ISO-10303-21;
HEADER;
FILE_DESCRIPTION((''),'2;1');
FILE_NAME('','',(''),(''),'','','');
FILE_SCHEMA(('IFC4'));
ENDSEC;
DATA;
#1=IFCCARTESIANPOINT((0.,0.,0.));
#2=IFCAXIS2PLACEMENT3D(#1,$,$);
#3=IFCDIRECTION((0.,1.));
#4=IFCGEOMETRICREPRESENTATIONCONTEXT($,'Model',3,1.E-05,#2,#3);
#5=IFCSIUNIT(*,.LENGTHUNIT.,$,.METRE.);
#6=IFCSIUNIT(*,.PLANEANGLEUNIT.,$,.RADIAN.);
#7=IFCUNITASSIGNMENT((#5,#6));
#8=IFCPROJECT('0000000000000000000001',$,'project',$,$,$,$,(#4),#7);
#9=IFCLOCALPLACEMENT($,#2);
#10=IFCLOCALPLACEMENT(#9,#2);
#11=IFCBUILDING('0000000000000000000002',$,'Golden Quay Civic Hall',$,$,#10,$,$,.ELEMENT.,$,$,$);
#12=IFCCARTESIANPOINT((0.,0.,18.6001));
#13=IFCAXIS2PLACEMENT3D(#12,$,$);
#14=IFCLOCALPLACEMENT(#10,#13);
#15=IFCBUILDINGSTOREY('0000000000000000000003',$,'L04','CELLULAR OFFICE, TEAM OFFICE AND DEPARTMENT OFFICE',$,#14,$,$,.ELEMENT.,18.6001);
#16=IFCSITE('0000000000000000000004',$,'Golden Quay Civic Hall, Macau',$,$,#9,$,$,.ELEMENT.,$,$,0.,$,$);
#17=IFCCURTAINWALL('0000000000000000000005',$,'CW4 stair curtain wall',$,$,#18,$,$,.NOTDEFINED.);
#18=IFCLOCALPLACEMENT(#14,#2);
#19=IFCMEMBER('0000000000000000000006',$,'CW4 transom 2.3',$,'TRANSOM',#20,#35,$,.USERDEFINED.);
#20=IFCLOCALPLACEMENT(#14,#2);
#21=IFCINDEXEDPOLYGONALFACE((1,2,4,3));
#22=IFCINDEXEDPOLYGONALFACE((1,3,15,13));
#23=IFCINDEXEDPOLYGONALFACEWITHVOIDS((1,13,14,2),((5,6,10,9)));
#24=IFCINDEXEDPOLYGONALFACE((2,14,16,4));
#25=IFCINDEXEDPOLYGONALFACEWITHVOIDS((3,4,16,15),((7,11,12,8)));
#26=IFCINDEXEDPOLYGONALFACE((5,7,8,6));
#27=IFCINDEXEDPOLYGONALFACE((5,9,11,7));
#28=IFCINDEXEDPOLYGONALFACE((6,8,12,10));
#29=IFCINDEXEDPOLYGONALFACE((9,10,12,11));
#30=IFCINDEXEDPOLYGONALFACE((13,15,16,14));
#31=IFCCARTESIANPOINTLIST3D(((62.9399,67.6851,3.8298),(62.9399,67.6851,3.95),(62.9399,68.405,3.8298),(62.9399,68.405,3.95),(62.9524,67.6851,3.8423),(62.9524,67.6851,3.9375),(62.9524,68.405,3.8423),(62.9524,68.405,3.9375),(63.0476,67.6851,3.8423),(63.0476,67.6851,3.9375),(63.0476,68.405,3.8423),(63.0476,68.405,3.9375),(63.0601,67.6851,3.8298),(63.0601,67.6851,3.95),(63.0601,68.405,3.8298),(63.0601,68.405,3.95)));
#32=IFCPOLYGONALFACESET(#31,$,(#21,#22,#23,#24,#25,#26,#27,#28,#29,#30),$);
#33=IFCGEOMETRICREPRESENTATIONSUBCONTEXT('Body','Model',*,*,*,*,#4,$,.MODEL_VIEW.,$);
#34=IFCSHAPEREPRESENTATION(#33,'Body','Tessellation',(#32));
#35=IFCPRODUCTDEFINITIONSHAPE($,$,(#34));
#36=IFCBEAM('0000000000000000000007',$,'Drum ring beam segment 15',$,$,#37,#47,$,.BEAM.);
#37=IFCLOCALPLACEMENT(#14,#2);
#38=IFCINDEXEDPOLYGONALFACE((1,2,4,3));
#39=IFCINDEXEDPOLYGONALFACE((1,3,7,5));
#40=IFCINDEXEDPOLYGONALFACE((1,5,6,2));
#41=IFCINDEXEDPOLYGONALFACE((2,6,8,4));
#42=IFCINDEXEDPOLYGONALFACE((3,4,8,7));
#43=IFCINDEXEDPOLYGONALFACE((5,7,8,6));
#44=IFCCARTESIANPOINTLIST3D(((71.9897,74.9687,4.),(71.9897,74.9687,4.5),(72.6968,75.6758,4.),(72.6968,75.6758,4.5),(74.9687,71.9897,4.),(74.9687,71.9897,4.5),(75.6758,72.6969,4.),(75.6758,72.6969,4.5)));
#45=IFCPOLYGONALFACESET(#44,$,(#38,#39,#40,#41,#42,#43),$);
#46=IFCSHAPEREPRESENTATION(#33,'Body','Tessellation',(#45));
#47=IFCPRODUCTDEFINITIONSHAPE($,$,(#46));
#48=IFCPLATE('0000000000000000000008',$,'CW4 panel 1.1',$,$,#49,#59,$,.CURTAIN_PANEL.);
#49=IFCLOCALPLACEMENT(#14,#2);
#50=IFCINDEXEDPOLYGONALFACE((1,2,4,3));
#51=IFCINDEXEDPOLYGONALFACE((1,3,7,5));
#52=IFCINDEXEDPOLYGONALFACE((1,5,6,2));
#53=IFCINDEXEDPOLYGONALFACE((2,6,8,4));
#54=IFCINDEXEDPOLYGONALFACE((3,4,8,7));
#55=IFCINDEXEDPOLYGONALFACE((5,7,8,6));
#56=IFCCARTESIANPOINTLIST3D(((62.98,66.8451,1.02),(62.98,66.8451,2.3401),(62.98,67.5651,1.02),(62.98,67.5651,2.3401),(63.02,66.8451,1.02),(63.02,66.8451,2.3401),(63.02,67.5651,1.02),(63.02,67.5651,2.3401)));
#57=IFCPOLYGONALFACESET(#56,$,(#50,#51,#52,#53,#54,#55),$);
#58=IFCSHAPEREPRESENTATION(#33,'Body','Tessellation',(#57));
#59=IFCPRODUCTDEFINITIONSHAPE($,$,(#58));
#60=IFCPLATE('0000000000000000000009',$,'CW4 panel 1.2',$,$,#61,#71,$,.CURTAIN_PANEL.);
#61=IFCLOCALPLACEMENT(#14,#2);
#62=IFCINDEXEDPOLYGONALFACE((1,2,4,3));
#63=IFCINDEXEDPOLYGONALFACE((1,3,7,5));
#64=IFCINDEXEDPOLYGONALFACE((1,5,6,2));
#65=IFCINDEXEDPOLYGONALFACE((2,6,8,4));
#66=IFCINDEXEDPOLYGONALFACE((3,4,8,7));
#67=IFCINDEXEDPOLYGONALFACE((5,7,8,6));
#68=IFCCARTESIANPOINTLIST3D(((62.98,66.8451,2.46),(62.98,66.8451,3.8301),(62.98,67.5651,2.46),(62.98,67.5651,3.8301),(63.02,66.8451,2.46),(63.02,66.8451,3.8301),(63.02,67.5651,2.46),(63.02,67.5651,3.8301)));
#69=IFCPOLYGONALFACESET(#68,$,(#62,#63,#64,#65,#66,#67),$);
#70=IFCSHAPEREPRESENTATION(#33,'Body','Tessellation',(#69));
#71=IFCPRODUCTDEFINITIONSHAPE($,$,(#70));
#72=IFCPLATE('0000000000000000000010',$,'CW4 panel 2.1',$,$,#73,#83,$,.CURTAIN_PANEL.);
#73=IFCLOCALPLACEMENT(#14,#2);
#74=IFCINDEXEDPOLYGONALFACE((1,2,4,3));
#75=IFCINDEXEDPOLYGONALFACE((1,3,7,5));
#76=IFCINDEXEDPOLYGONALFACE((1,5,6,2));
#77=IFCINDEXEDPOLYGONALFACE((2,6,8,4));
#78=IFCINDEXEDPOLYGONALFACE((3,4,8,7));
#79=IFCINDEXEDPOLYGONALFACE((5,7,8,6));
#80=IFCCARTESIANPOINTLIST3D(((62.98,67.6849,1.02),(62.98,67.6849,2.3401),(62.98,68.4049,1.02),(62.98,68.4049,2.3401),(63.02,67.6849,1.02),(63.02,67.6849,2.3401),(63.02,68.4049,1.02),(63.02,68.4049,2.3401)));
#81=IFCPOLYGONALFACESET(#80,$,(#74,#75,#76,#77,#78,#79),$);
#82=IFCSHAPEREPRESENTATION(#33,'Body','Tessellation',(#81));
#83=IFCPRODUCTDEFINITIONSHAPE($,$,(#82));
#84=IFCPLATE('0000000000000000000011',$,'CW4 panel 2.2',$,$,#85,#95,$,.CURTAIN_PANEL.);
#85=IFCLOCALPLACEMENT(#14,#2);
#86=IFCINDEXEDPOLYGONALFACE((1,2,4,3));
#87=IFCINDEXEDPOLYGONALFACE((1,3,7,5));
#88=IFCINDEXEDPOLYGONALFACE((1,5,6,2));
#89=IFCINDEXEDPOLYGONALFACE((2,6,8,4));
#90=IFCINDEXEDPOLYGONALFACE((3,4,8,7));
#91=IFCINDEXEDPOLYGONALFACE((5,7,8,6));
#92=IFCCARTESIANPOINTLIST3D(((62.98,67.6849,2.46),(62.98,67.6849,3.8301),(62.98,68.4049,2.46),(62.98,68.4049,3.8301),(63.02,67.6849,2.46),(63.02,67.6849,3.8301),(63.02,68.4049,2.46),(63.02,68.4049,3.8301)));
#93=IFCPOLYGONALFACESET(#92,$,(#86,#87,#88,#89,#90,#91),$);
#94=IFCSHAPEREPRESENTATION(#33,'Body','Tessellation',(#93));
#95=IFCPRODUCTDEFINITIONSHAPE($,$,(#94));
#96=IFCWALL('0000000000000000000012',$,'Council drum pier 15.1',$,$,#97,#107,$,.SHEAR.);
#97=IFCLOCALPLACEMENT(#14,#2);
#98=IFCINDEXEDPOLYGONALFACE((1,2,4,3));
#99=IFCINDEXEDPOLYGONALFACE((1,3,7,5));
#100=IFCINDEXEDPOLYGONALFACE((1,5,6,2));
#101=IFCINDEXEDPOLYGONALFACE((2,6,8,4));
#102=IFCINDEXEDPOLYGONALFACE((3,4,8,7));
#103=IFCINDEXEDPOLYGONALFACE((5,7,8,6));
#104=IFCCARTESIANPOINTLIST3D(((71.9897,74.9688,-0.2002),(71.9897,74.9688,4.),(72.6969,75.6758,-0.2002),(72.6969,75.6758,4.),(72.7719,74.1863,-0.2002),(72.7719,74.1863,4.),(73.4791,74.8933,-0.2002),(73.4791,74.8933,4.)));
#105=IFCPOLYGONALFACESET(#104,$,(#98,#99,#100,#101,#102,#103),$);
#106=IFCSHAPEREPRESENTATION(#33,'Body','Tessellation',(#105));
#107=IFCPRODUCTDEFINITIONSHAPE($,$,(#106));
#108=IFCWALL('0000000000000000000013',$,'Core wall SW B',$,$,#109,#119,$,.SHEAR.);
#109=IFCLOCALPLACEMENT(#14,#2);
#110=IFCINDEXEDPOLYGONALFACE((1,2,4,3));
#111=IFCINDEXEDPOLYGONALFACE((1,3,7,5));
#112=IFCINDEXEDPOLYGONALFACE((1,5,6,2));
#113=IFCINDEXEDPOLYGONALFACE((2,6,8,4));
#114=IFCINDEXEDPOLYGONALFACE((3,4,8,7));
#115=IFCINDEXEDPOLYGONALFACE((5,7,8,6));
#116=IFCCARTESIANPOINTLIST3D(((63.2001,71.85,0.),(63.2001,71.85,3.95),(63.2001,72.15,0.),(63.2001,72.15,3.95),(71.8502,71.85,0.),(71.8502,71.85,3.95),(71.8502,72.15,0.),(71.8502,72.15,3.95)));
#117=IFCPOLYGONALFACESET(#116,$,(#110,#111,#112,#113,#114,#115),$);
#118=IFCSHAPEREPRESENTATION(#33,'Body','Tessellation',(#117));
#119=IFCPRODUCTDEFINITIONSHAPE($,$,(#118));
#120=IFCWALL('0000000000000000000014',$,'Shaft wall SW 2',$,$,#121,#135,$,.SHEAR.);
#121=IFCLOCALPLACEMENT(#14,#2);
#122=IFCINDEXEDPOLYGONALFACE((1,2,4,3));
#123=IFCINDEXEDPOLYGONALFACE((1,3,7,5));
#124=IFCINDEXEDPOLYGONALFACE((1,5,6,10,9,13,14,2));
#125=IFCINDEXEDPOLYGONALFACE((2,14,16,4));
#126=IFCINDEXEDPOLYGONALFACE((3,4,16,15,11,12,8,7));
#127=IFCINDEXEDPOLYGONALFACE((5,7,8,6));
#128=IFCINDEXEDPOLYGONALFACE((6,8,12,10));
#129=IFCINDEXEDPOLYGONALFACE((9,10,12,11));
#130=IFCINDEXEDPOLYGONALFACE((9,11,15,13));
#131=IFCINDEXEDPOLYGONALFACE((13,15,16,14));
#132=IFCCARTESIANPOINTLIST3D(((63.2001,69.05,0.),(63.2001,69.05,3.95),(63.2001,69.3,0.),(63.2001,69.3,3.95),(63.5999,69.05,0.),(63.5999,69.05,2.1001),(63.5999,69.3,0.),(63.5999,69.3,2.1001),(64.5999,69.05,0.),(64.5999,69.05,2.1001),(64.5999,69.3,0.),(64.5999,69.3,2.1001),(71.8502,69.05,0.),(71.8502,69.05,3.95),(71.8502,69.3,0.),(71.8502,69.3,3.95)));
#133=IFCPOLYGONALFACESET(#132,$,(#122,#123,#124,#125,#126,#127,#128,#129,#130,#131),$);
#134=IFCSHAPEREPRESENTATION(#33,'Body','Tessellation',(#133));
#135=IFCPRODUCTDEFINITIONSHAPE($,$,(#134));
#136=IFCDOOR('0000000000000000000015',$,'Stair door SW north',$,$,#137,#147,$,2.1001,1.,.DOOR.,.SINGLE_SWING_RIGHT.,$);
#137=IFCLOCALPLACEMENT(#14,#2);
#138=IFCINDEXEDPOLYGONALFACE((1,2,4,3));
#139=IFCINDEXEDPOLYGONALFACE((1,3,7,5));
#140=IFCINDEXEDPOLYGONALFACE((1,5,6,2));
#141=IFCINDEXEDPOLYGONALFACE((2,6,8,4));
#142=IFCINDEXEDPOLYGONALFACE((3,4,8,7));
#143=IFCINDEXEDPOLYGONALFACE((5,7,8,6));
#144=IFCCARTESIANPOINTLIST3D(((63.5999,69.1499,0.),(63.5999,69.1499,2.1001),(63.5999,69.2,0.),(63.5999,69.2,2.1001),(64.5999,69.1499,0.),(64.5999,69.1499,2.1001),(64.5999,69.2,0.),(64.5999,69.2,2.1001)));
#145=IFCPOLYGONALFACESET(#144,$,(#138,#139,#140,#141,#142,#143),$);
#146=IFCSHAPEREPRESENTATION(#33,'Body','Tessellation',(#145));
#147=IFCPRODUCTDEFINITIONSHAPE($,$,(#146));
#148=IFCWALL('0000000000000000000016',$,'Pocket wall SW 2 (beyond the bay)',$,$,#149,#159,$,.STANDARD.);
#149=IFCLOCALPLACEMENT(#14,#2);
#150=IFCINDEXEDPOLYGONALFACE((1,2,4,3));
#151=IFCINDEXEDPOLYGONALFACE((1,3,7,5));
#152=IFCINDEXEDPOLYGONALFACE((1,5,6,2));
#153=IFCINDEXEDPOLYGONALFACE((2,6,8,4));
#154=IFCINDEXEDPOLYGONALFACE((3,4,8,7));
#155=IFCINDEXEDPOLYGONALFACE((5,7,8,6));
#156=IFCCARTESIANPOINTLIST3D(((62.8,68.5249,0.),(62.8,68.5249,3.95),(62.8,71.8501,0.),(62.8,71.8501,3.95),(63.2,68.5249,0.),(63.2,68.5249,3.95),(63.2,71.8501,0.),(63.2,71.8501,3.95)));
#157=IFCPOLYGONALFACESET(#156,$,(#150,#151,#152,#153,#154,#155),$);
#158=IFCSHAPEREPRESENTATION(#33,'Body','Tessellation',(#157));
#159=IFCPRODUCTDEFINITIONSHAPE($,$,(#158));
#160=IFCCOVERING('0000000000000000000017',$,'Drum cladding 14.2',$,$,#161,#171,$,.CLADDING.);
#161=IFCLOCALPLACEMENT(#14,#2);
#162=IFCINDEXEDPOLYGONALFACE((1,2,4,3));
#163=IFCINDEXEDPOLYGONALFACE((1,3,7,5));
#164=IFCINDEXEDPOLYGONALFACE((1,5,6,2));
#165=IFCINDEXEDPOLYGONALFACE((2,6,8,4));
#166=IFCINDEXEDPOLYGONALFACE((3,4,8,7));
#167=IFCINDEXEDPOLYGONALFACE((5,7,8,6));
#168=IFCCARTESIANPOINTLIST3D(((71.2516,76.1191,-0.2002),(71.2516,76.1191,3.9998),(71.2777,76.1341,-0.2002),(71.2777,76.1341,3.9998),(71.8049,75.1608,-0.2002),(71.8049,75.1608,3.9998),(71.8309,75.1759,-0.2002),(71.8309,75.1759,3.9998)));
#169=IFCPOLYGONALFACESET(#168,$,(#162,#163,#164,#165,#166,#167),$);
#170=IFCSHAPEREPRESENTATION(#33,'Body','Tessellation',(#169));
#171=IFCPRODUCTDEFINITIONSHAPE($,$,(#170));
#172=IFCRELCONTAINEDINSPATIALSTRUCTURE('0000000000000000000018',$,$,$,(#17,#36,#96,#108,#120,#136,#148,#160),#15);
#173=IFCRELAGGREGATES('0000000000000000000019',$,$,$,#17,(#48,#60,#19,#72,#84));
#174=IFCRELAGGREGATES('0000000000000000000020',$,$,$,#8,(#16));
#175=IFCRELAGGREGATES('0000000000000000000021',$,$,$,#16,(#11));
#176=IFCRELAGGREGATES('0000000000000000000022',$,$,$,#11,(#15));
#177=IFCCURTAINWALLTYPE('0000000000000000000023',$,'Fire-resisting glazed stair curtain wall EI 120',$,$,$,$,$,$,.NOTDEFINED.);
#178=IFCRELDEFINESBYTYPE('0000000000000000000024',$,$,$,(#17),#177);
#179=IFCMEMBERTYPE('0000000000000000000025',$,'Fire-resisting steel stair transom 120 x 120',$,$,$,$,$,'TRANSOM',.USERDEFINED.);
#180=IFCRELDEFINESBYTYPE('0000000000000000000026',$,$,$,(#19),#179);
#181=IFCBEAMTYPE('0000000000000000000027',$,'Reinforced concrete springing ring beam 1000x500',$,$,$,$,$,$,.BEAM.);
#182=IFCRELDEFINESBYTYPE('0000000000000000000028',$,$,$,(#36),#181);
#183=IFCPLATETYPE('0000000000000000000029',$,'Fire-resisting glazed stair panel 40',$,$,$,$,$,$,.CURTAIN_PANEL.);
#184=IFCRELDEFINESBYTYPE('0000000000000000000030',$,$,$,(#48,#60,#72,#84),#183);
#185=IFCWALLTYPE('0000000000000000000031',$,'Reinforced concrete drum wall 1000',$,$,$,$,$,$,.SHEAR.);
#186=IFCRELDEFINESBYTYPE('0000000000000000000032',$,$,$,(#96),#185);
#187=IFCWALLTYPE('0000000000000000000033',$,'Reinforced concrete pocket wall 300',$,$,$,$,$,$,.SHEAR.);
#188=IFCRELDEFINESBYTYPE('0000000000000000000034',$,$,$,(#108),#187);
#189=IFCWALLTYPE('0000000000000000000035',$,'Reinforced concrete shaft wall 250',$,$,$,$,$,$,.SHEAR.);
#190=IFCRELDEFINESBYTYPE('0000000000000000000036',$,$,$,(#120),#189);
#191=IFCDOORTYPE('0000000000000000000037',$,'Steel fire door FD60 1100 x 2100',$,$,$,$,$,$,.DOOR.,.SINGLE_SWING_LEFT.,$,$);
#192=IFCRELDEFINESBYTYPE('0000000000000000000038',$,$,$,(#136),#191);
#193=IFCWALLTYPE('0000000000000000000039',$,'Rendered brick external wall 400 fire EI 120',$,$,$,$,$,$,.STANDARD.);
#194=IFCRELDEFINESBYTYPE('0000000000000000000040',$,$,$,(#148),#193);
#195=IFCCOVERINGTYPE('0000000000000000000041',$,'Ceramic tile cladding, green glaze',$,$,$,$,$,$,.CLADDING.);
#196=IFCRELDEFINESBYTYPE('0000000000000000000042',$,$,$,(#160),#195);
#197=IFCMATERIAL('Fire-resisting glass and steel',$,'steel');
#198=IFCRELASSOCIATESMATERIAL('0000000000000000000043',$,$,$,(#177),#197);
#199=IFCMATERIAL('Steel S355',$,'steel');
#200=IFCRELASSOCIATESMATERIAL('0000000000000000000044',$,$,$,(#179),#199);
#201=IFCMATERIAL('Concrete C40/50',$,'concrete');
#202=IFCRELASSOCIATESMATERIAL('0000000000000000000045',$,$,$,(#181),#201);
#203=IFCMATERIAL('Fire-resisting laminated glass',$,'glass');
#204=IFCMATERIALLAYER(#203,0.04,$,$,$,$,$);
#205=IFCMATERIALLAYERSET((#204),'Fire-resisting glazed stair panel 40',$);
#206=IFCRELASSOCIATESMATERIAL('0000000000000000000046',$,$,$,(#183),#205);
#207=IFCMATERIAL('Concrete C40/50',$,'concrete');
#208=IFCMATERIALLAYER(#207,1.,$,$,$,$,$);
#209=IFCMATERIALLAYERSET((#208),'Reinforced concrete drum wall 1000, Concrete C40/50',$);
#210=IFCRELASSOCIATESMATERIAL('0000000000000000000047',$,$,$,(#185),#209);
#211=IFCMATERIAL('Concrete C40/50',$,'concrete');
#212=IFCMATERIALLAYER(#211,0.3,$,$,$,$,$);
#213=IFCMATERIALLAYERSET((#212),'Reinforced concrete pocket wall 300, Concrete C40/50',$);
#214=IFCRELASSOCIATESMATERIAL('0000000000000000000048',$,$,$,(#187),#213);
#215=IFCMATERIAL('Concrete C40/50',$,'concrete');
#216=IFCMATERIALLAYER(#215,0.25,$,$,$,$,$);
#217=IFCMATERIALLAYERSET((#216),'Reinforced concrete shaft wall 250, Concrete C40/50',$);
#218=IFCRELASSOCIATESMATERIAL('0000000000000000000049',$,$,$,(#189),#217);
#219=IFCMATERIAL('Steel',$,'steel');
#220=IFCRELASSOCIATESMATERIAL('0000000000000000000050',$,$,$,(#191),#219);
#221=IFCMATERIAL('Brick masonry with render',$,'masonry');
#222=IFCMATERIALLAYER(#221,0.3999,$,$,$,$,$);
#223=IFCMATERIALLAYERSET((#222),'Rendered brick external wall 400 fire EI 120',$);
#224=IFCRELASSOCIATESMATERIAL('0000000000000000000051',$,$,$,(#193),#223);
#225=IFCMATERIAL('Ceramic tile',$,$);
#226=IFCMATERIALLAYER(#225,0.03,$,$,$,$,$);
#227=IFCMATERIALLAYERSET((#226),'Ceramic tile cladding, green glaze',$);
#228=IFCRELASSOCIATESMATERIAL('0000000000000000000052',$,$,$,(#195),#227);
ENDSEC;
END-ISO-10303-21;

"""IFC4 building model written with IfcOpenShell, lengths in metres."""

from ifc_helpers import new_model, si_unit, direction, frame, frame_2d, origin, origin_2d, place, context, subcontext, project, spatial, rectangle, hollow_rectangle, extrude, material, layer, layer_set, material_profile, profile_set, type_object, element, fill, aggregate, save


model = new_model("IFC4")

# Units and contexts
model_context = context("Model", 3, precision=1e-05, world=origin(), true_north=direction((0.0, 1.0)))
body_context = subcontext(model_context, "Body", "Model", "MODEL_VIEW")
ifc_project = project(units=[si_unit("LENGTHUNIT", "METRE"), si_unit("PLANEANGLEUNIT", "RADIAN")], contexts=[model_context])

# Site, building, storey
site_placement = place(None, origin())
site = spatial("IfcSite", under=ifc_project, at=site_placement, Name="Golden Quay Civic Hall, Macau", CompositionType="ELEMENT", RefElevation=0.0)
building_placement = place(site_placement, origin())
building = spatial("IfcBuilding", under=site, at=building_placement, Name="Golden Quay Civic Hall", CompositionType="ELEMENT")
storey_placement = place(building_placement, frame((0.0, 0.0, 18.6001)))
storey = spatial("IfcBuildingStorey", under=building, at=storey_placement, Name="L04", Description="CELLULAR OFFICE, TEAM OFFICE AND DEPARTMENT OFFICE", CompositionType="ELEMENT", Elevation=18.6001)

# Curtain wall, member
ifc_material_1 = material(Name="Fire-resisting glass and steel", Category="steel")
curtain_wall_type_1 = type_object("IfcCurtainWallType", Name="Fire-resisting glazed stair curtain wall EI 120", PredefinedType="NOTDEFINED", material=ifc_material_1)
curtain_wall_1_placement = place(storey_placement, origin())
curtain_wall_1 = element("IfcCurtainWall", 1, at=curtain_wall_1_placement, inside=storey, type_object=curtain_wall_type_1, Name="CW4 stair curtain wall", PredefinedType="NOTDEFINED")
ifc_material_2 = material(Name="Steel S355", Category="steel")
ifc_material_profile_1 = material_profile(ifc_material_2, hollow_rectangle(XDim=0.1201, YDim=0.1201, WallThickness=0.0125, at=origin_2d()), Name="SHS 120x120x12.5")
ifc_profile_set_1 = profile_set([ifc_material_profile_1], Name="Steel S355")
member_type_1 = type_object("IfcMemberType", Name="Fire-resisting steel stair transom 120 x 120", ElementType="TRANSOM", PredefinedType="USERDEFINED", material=ifc_profile_set_1)
member_1_placement = place(storey_placement, frame((63.0, 67.6851, 3.8899), z_axis=(0.0, 1.0, 0.0), x_axis=(-1.0, 0.0, 0.0)))
member_1 = element("IfcMember", 2, at=member_1_placement, type_object=member_type_1, Name="CW4 transom 2.3", ObjectType="TRANSOM", PredefinedType="USERDEFINED", context=body_context, shape_type="SweptSolid", body=[
    extrude(hollow_rectangle(XDim=0.1201, YDim=0.1201, WallThickness=0.0125, at=origin_2d()), origin(), (0.0, 0.0, 1.0), 0.72),
])

# Beam
ifc_material_3 = material(Name="Concrete C40/50", Category="concrete")
ifc_material_profile_2 = material_profile(ifc_material_3, rectangle(XDim=1.0, YDim=0.5, at=origin_2d()), Name="RC 1000x500")
ifc_profile_set_2 = profile_set([ifc_material_profile_2], Name="Concrete C40/50")
beam_type = type_object("IfcBeamType", Name="Reinforced concrete springing ring beam 1000x500", PredefinedType="BEAM", material=ifc_profile_set_2)
beam_placement = place(storey_placement, frame((72.3433, 75.3223, 4.25), z_axis=(0.707107, -0.707107, 0.0), x_axis=(0.707107, 0.707107, 0.0)))
element("IfcBeam", 3, at=beam_placement, inside=storey, type_object=beam_type, Name="Drum ring beam segment 15", PredefinedType="BEAM", context=body_context, shape_type="SweptSolid", body=[
    extrude(rectangle(XDim=1.0, YDim=0.5, at=origin_2d()), origin(), (0.0, 0.0, 1.0), 4.2129),
])

# Plates
ifc_material_4 = material(Name="Fire-resisting laminated glass", Category="glass")
ifc_layer_1 = layer(ifc_material_4, 0.04)
ifc_layer_set_1 = layer_set([ifc_layer_1], Name="Fire-resisting glazed stair panel 40")
plate_type = type_object("IfcPlateType", Name="Fire-resisting glazed stair panel 40", PredefinedType="CURTAIN_PANEL", material=ifc_layer_set_1)
plate_1_placement = place(storey_placement, frame((63.0, 67.2051, 1.02), z_axis=(0.0, 0.0, 1.0), x_axis=(0.0, 1.0, 0.0)))
plate_1 = element("IfcPlate", 4, at=plate_1_placement, type_object=plate_type, Name="CW4 panel 1.1", PredefinedType="CURTAIN_PANEL", context=body_context, shape_type="SweptSolid", body=[
    extrude(rectangle(XDim=0.72, YDim=0.04, at=origin_2d()), origin(), (0.0, 0.0, 1.0), 1.3201),
])
plate_2_placement = place(storey_placement, frame((63.0, 67.2051, 2.46), z_axis=(0.0, 0.0, 1.0), x_axis=(0.0, 1.0, 0.0)))
plate_2 = element("IfcPlate", 5, at=plate_2_placement, type_object=plate_type, Name="CW4 panel 1.2", PredefinedType="CURTAIN_PANEL", context=body_context, shape_type="SweptSolid", body=[
    extrude(rectangle(XDim=0.72, YDim=0.04, at=origin_2d()), origin(), (0.0, 0.0, 1.0), 1.3701),
])
plate_3_placement = place(storey_placement, frame((63.0, 68.0449, 1.02), z_axis=(0.0, 0.0, 1.0), x_axis=(0.0, 1.0, 0.0)))
plate_3 = element("IfcPlate", 6, at=plate_3_placement, type_object=plate_type, Name="CW4 panel 2.1", PredefinedType="CURTAIN_PANEL", context=body_context, shape_type="SweptSolid", body=[
    extrude(rectangle(XDim=0.72, YDim=0.04, at=origin_2d()), origin(), (0.0, 0.0, 1.0), 1.3201),
])
plate_4_placement = place(storey_placement, frame((63.0, 68.0449, 2.46), z_axis=(0.0, 0.0, 1.0), x_axis=(0.0, 1.0, 0.0)))
plate_4 = element("IfcPlate", 7, at=plate_4_placement, type_object=plate_type, Name="CW4 panel 2.2", PredefinedType="CURTAIN_PANEL", context=body_context, shape_type="SweptSolid", body=[
    extrude(rectangle(XDim=0.72, YDim=0.04, at=origin_2d()), origin(), (0.0, 0.0, 1.0), 1.3701),
])
aggregate(curtain_wall_1, [plate_1, plate_2, member_1, plate_3, plate_4])

# Walls
ifc_material_5 = material(Name="Concrete C40/50", Category="concrete")
ifc_layer_2 = layer(ifc_material_5, 1.0)
ifc_layer_set_2 = layer_set([ifc_layer_2], Name="Reinforced concrete drum wall 1000, Concrete C40/50")
wall_type_1 = type_object("IfcWallType", Name="Reinforced concrete drum wall 1000", PredefinedType="SHEAR", material=ifc_layer_set_2)
wall_1_placement = place(storey_placement, frame((72.3433, 75.3223, -0.2002), z_axis=(0.0, 0.0, 1.0), x_axis=(0.706996, -0.707217, 0.0)))
element("IfcWall", 8, at=wall_1_placement, inside=storey, type_object=wall_type_1, Name="Council drum pier 15.1", PredefinedType="SHEAR", context=body_context, shape_type="SweptSolid", body=[
    extrude(rectangle(XDim=1.1064, YDim=1.0, at=frame_2d((0.5532, 0.0))), origin(), (0.0, 0.0, 1.0), 4.2002),
])
ifc_material_6 = material(Name="Concrete C40/50", Category="concrete")
ifc_layer_3 = layer(ifc_material_6, 0.3)
ifc_layer_set_3 = layer_set([ifc_layer_3], Name="Reinforced concrete pocket wall 300, Concrete C40/50")
wall_type_2 = type_object("IfcWallType", Name="Reinforced concrete pocket wall 300", PredefinedType="SHEAR", material=ifc_layer_set_3)
wall_2_placement = place(storey_placement, frame((63.2, 72.0, 0.0), z_axis=(0.0, 0.0, 1.0), x_axis=(1.0, 0.0, 0.0)))
element("IfcWall", 9, at=wall_2_placement, inside=storey, type_object=wall_type_2, Name="Core wall SW B", PredefinedType="SHEAR", context=body_context, shape_type="SweptSolid", body=[
    extrude(rectangle(XDim=8.6501, YDim=0.3, at=frame_2d((4.3252, 0.0))), origin(), (0.0, 0.0, 1.0), 3.95),
])

# Wall, opening, door
ifc_material_7 = material(Name="Concrete C40/50", Category="concrete")
ifc_layer_4 = layer(ifc_material_7, 0.25)
ifc_layer_set_4 = layer_set([ifc_layer_4], Name="Reinforced concrete shaft wall 250, Concrete C40/50")
wall_type_3 = type_object("IfcWallType", Name="Reinforced concrete shaft wall 250", PredefinedType="SHEAR", material=ifc_layer_set_4)
wall_3_placement = place(storey_placement, frame((63.2, 69.175, 0.0), z_axis=(0.0, 0.0, 1.0), x_axis=(1.0, 0.0, 0.0)))
wall_3 = element("IfcWall", 10, at=wall_3_placement, inside=storey, type_object=wall_type_3, Name="Shaft wall SW 2", PredefinedType="SHEAR", context=body_context, shape_type="SweptSolid", body=[
    extrude(rectangle(XDim=8.6501, YDim=0.25, at=frame_2d((4.3252, 0.0))), origin(), (0.0, 0.0, 1.0), 3.95),
])
opening_placement = place(wall_3_placement, frame((0.3999, 0.0, 0.0)))
opening = element("IfcOpeningElement", 11, at=opening_placement, cuts=wall_3, PredefinedType="OPENING", context=body_context, shape_type="SweptSolid", body=[
    extrude(rectangle(XDim=1.0, YDim=2.1001, at=frame_2d((0.5, 1.05))), frame((0.0, 0.135, 0.0), z_axis=(0.0, -1.0, 0.0), x_axis=(1.0, 0.0, 0.0)), (0.0, 0.0, 1.0), 0.27),
])
ifc_material_8 = material(Name="Steel", Category="steel")
door_type = type_object("IfcDoorType", Name="Steel fire door FD60 1100 x 2100", OperationType="SINGLE_SWING_LEFT", PredefinedType="DOOR", material=ifc_material_8)
door_placement = place(opening_placement, frame((1.0, 0.0, 0.0), z_axis=(0.0, 0.0, 1.0), x_axis=(-1.0, 0.0, 0.0)))
door = element("IfcDoor", 12, at=door_placement, inside=storey, type_object=door_type, Name="Stair door SW north", OperationType="SINGLE_SWING_RIGHT", OverallHeight=2.1001, OverallWidth=1.0, PredefinedType="DOOR", context=body_context, shape_type="SweptSolid", body=[
    extrude(rectangle(XDim=1.0, YDim=2.1001, at=frame_2d((0.5, 1.05))), frame((0.0, 0.0251, 0.0), z_axis=(0.0, -1.0, 0.0), x_axis=(1.0, 0.0, 0.0)), (0.0, 0.0, 1.0), 0.05),
])
fill(opening, door)

# Wall
ifc_material_9 = material(Name="Brick masonry with render", Category="masonry")
ifc_layer_5 = layer(ifc_material_9, 0.3999)
ifc_layer_set_5 = layer_set([ifc_layer_5], Name="Rendered brick external wall 400 fire EI 120")
wall_type_4 = type_object("IfcWallType", Name="Rendered brick external wall 400 fire EI 120", PredefinedType="STANDARD", material=ifc_layer_set_5)
wall_4_placement = place(storey_placement, frame((63.0, 68.5249, 0.0), z_axis=(0.0, 0.0, 1.0), x_axis=(0.0, 1.0, 0.0)))
element("IfcWall", 13, at=wall_4_placement, inside=storey, type_object=wall_type_4, Name="Pocket wall SW 2 (beyond the bay)", PredefinedType="STANDARD", context=body_context, shape_type="SweptSolid", body=[
    extrude(rectangle(XDim=3.3252, YDim=0.3999, at=frame_2d((1.6626, 0.0))), origin(), (0.0, 0.0, 1.0), 3.95),
])

# Covering
ifc_material_10 = material(Name="Ceramic tile")
ifc_layer_6 = layer(ifc_material_10, 0.03)
ifc_layer_set_6 = layer_set([ifc_layer_6], Name="Ceramic tile cladding, green glaze")
covering_type = type_object("IfcCoveringType", Name="Ceramic tile cladding, green glaze", PredefinedType="CLADDING", material=ifc_layer_set_6)
for number, where, z_axis, x_axis, name in (
    (14, (71.5413, 75.6475, -0.2002), (0.0, 0.0, 1.0), (0.5, -0.866025, 0.0), "Drum cladding 14.2"),
):
    element("IfcCovering", number, at=place(storey_placement, frame(where, z_axis=z_axis, x_axis=x_axis)), inside=storey, type_object=covering_type, Name=name, PredefinedType="CLADDING", context=body_context, shape_type="SweptSolid", body=[
        extrude(rectangle(XDim=1.1064, YDim=0.03, at=origin_2d()), origin(), (0.0, 0.0, 1.0), 4.2),
    ])

save(model, "model.ifc")
